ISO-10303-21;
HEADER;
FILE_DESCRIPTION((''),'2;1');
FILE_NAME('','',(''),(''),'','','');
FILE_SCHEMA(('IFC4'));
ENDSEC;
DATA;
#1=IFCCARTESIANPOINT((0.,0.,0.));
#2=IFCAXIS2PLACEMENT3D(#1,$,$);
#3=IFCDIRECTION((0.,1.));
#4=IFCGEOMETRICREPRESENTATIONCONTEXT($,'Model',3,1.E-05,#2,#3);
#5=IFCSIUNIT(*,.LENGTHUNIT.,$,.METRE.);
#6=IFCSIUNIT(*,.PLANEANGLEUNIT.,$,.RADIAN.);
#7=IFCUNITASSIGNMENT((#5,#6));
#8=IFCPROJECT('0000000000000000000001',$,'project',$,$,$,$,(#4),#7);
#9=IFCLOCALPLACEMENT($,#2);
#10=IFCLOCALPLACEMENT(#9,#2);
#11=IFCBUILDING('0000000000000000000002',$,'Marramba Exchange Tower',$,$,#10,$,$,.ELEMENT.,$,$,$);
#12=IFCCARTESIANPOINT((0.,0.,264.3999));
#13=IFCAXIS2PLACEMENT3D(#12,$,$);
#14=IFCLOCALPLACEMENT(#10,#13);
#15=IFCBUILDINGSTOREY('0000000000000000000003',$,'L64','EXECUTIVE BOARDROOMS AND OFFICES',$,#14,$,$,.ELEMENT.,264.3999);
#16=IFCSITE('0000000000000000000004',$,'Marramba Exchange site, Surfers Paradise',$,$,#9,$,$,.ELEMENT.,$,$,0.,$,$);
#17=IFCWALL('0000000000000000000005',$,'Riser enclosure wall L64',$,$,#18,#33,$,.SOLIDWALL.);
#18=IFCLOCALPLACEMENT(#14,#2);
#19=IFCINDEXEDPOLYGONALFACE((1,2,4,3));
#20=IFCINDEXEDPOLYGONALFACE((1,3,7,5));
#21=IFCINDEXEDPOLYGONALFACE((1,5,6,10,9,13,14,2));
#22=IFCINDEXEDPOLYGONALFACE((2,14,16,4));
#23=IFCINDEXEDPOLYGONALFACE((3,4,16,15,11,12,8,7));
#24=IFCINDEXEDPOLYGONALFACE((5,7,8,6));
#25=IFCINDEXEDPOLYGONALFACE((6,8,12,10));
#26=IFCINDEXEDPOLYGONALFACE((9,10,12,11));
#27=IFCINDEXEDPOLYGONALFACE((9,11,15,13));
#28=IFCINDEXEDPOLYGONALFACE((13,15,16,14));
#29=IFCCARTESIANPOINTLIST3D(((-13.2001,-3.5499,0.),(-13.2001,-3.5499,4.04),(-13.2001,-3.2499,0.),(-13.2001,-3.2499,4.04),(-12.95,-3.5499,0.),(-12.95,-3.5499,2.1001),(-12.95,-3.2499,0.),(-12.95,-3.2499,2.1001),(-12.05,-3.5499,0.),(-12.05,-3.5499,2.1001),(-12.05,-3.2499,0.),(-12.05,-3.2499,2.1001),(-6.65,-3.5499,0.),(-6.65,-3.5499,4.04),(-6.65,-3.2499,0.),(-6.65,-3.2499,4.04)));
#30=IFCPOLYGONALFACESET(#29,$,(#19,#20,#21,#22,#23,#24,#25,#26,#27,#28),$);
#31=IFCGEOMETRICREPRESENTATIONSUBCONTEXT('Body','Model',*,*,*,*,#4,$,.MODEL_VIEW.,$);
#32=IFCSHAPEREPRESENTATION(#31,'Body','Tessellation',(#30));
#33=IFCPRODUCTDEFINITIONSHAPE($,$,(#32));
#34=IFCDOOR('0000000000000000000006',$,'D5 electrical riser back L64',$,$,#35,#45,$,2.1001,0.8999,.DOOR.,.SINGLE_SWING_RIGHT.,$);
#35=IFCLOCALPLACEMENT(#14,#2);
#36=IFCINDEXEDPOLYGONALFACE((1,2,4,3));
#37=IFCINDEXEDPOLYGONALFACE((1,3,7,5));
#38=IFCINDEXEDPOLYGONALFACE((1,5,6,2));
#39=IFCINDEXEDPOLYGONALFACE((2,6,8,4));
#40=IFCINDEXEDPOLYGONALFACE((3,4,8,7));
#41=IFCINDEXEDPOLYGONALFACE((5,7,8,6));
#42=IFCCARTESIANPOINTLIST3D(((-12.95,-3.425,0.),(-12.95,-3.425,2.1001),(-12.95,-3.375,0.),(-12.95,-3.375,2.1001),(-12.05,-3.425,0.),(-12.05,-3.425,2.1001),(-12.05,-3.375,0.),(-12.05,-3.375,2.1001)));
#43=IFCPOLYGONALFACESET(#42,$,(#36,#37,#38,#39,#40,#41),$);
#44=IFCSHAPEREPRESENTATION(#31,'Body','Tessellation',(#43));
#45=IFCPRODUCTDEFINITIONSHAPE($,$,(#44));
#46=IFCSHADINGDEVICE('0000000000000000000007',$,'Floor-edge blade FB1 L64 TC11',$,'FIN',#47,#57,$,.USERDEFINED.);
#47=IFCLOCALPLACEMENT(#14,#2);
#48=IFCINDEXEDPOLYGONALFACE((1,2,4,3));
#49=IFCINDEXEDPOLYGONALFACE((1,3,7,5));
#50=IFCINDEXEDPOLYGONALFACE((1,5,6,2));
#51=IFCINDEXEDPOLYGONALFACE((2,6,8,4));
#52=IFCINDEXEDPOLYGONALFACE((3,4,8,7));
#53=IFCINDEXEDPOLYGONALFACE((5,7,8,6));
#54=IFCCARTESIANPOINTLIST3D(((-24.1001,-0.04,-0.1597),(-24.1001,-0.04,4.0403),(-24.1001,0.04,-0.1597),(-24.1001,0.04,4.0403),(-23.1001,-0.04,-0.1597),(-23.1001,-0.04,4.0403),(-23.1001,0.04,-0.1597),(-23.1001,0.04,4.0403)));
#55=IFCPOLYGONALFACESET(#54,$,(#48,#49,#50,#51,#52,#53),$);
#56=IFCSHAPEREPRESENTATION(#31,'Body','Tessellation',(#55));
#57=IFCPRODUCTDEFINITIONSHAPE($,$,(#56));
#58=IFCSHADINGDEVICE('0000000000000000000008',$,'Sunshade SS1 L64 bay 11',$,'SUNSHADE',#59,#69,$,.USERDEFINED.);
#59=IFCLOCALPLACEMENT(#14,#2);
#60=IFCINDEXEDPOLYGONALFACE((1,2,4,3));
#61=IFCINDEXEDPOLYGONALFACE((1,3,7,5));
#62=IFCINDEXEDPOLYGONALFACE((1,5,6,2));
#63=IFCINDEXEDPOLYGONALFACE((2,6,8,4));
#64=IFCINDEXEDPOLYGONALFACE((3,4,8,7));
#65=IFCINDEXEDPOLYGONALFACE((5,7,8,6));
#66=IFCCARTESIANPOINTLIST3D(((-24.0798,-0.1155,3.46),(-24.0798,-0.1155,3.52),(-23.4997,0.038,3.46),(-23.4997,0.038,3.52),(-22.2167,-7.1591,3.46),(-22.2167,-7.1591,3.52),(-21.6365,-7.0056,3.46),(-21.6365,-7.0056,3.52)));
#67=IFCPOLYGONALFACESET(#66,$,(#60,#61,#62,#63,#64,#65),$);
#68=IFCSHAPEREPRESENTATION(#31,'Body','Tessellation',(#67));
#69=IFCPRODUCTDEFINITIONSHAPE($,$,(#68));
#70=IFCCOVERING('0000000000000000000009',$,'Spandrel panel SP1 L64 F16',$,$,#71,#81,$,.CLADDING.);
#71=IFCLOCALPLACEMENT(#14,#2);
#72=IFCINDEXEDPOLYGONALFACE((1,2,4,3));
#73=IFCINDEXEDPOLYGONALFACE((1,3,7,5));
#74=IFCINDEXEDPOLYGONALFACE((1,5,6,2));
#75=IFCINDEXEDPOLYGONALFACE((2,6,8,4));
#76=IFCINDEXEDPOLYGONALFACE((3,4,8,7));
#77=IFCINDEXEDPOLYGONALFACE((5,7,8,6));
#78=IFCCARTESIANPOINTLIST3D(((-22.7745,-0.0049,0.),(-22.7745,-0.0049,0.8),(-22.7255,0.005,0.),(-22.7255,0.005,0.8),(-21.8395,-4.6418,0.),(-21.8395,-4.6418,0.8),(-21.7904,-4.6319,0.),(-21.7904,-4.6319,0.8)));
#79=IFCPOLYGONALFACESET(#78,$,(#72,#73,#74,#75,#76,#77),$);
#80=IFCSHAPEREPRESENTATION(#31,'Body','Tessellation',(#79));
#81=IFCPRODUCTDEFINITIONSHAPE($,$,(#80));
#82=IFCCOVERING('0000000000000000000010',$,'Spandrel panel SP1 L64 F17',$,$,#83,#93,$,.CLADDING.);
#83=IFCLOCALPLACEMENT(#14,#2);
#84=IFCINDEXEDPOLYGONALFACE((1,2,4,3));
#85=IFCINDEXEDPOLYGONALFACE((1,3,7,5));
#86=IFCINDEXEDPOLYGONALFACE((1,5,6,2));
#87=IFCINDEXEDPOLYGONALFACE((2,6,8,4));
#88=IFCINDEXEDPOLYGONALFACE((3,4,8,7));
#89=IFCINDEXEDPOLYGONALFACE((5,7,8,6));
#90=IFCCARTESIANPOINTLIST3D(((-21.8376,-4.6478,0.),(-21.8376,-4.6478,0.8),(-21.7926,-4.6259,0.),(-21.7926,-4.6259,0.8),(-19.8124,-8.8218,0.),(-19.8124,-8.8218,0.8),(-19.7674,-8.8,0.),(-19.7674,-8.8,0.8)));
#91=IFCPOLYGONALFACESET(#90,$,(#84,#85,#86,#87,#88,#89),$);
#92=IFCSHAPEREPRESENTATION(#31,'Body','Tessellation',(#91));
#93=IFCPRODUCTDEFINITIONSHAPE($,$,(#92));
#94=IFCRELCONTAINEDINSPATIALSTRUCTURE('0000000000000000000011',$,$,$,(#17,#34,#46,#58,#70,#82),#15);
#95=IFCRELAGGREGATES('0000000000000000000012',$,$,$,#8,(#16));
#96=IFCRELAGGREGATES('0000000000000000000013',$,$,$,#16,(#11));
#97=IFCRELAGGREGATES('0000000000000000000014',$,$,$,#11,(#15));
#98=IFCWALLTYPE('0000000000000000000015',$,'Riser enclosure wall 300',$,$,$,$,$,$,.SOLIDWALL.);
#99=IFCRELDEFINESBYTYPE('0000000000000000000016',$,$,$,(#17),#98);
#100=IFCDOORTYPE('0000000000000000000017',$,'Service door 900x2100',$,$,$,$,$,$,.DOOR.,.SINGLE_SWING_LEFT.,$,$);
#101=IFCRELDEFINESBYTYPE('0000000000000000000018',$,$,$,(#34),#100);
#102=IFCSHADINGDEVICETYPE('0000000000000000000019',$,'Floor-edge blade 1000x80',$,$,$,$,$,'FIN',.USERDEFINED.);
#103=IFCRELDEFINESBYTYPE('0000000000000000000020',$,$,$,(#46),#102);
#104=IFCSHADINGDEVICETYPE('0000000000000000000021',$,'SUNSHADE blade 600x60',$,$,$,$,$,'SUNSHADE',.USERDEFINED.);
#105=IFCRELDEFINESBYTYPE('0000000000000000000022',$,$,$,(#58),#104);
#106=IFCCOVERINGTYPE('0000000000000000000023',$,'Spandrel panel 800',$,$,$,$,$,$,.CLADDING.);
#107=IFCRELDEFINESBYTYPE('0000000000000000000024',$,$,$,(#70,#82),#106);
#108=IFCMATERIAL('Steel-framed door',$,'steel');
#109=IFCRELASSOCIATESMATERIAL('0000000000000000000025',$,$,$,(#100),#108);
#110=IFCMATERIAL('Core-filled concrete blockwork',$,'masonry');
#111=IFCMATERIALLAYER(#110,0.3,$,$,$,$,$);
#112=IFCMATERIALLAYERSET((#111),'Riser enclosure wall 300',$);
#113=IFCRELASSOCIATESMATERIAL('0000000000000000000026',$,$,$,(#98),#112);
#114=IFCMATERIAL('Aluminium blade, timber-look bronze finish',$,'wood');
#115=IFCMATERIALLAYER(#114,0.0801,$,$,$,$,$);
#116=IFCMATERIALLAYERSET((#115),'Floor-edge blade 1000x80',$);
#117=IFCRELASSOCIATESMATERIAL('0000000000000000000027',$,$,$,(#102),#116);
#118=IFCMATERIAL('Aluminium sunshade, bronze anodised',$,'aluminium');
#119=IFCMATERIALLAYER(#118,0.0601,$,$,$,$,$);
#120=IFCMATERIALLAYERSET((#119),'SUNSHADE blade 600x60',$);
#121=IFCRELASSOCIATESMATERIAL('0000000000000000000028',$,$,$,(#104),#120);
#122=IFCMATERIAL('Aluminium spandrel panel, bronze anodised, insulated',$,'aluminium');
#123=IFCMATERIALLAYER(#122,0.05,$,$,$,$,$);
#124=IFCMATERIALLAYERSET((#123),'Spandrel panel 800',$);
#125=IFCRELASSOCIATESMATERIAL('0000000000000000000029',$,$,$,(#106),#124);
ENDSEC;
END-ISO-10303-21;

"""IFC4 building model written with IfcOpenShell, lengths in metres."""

from ifc_helpers import new_model, si_unit, direction, frame, frame_2d, origin, origin_2d, place, context, subcontext, project, spatial, rectangle, extrude, material, layer, layer_set, type_object, element, fill, save


model = new_model("IFC4")

# Units and contexts
model_context = context("Model", 3, precision=1e-05, world=origin(), true_north=direction((0.0, 1.0)))
body_context = subcontext(model_context, "Body", "Model", "MODEL_VIEW")
ifc_project = project(units=[si_unit("LENGTHUNIT", "METRE"), si_unit("PLANEANGLEUNIT", "RADIAN")], contexts=[model_context])

# Site, building, storey
site_placement = place(None, origin())
site = spatial("IfcSite", under=ifc_project, at=site_placement, Name="Marramba Exchange site, Surfers Paradise", CompositionType="ELEMENT", RefElevation=0.0)
building_placement = place(site_placement, origin())
building = spatial("IfcBuilding", under=site, at=building_placement, Name="Marramba Exchange Tower", CompositionType="ELEMENT")
storey_placement = place(building_placement, frame((0.0, 0.0, 264.3999)))
storey = spatial("IfcBuildingStorey", under=building, at=storey_placement, Name="L64", Description="EXECUTIVE BOARDROOMS AND OFFICES", CompositionType="ELEMENT", Elevation=264.3999)

# Shared definitions
ifc_material_1 = material(Name="Steel-framed door", Category="steel")
door_type_1 = type_object("IfcDoorType", Name="Service door 900x2100", OperationType="SINGLE_SWING_LEFT", PredefinedType="DOOR", material=ifc_material_1)

# Wall, opening, door
ifc_material_2 = material(Name="Core-filled concrete blockwork", Category="masonry")
ifc_layer_1 = layer(ifc_material_2, 0.3)
ifc_layer_set_1 = layer_set([ifc_layer_1], Name="Riser enclosure wall 300")
wall_type_1 = type_object("IfcWallType", Name="Riser enclosure wall 300", PredefinedType="SOLIDWALL", material=ifc_layer_set_1)
wall_1_placement = place(storey_placement, frame((-13.2, -3.3999, 0.0), z_axis=(0.0, 0.0, 1.0), x_axis=(1.0, 0.0, 0.0)))
wall_1 = element("IfcWall", 1, at=wall_1_placement, inside=storey, type_object=wall_type_1, Name="Riser enclosure wall L64", PredefinedType="SOLIDWALL", context=body_context, shape_type="SweptSolid", body=[
    extrude(rectangle(XDim=6.55, YDim=0.3, at=frame_2d((3.2749, 0.0))), origin(), (0.0, 0.0, 1.0), 4.04),
])
opening_1_placement = place(wall_1_placement, frame((0.25, 0.0, 0.0)))
opening_1 = element("IfcOpeningElement", 2, at=opening_1_placement, cuts=wall_1, PredefinedType="OPENING", context=body_context, shape_type="SweptSolid", body=[
    extrude(rectangle(XDim=0.8999, YDim=2.1001, at=frame_2d((0.45, 1.05))), frame((0.0, 0.1599, 0.0), z_axis=(0.0, -1.0, 0.0), x_axis=(1.0, 0.0, 0.0)), (0.0, 0.0, 1.0), 0.3201),
])
door_1_placement = place(opening_1_placement, frame((0.8999, 0.0, 0.0), z_axis=(0.0, 0.0, 1.0), x_axis=(-1.0, 0.0, 0.0)))
door_1 = element("IfcDoor", 3, at=door_1_placement, inside=storey, type_object=door_type_1, Name="D5 electrical riser back L64", OperationType="SINGLE_SWING_RIGHT", OverallHeight=2.1001, OverallWidth=0.8999, PredefinedType="DOOR", context=body_context, shape_type="SweptSolid", body=[
    extrude(rectangle(XDim=0.8999, YDim=2.1001, at=frame_2d((0.45, 1.05))), frame((0.0, 0.0251, 0.0), z_axis=(0.0, -1.0, 0.0), x_axis=(1.0, 0.0, 0.0)), (0.0, 0.0, 1.0), 0.05),
])
fill(opening_1, door_1)

# Shading devices
ifc_material_3 = material(Name="Aluminium blade, timber-look bronze finish", Category="wood")
ifc_layer_2 = layer(ifc_material_3, 0.0801)
ifc_layer_set_2 = layer_set([ifc_layer_2], Name="Floor-edge blade 1000x80")
shading_device_type_1 = type_object("IfcShadingDeviceType", Name="Floor-edge blade 1000x80", ElementType="FIN", PredefinedType="USERDEFINED", material=ifc_layer_set_2)
shading_device_1_placement = place(storey_placement, frame((-23.6001, 0.0, -0.1597), z_axis=(0.0, 0.0, 1.0), x_axis=(-1.0, 0.0, 0.0)))
element("IfcShadingDevice", 4, at=shading_device_1_placement, inside=storey, type_object=shading_device_type_1, Name="Floor-edge blade FB1 L64 TC11", ObjectType="FIN", PredefinedType="USERDEFINED", context=body_context, shape_type="SweptSolid", body=[
    extrude(rectangle(XDim=1.0, YDim=0.0801, at=origin_2d()), origin(), (0.0, 0.0, 1.0), 4.2),
])
ifc_material_4 = material(Name="Aluminium sunshade, bronze anodised", Category="aluminium")
ifc_layer_3 = layer(ifc_material_4, 0.0601)
ifc_layer_set_3 = layer_set([ifc_layer_3], Name="SUNSHADE blade 600x60")
shading_device_type_2 = type_object("IfcShadingDeviceType", Name="SUNSHADE blade 600x60", ElementType="SUNSHADE", PredefinedType="USERDEFINED", material=ifc_layer_set_3)
shading_device_2_placement = place(storey_placement, frame((-22.8582, -3.5605, 3.46), z_axis=(0.0, 0.0, 1.0), x_axis=(0.255719, -0.966751, 0.0)))
element("IfcShadingDevice", 5, at=shading_device_2_placement, inside=storey, type_object=shading_device_type_2, Name="Sunshade SS1 L64 bay 11", ObjectType="SUNSHADE", PredefinedType="USERDEFINED", context=body_context, shape_type="SweptSolid", body=[
    extrude(rectangle(XDim=7.2859, YDim=0.6001, at=origin_2d()), origin(), (0.0, 0.0, 1.0), 0.0601),
])

# Coverings
ifc_material_5 = material(Name="Aluminium spandrel panel, bronze anodised, insulated", Category="aluminium")
ifc_layer_4 = layer(ifc_material_5, 0.05)
ifc_layer_set_4 = layer_set([ifc_layer_4], Name="Spandrel panel 800")
covering_type = type_object("IfcCoveringType", Name="Spandrel panel 800", PredefinedType="CLADDING", material=ifc_layer_set_4)
covering_1_placement = place(storey_placement, frame((-22.2825, -2.3184, 0.0), z_axis=(0.0, 0.0, 1.0), x_axis=(0.197671, -0.980269, 0.0)))
element("IfcCovering", 6, at=covering_1_placement, inside=storey, type_object=covering_type, Name="Spandrel panel SP1 L64 F16", PredefinedType="CLADDING", context=body_context, shape_type="SweptSolid", body=[
    extrude(rectangle(XDim=4.7302, YDim=0.05, at=origin_2d()), origin(), (0.0, 0.0, 1.0), 0.8),
])
covering_2_placement = place(storey_placement, frame((-20.8025, -6.7239, 0.0), z_axis=(0.0, 0.0, 1.0), x_axis=(0.436515, -0.899697, 0.0)))
element("IfcCovering", 7, at=covering_2_placement, inside=storey, type_object=covering_type, Name="Spandrel panel SP1 L64 F17", PredefinedType="CLADDING", context=body_context, shape_type="SweptSolid", body=[
    extrude(rectangle(XDim=4.6394, YDim=0.05, at=origin_2d()), origin(), (0.0, 0.0, 1.0), 0.8),
])

save(model, "model.ifc")
